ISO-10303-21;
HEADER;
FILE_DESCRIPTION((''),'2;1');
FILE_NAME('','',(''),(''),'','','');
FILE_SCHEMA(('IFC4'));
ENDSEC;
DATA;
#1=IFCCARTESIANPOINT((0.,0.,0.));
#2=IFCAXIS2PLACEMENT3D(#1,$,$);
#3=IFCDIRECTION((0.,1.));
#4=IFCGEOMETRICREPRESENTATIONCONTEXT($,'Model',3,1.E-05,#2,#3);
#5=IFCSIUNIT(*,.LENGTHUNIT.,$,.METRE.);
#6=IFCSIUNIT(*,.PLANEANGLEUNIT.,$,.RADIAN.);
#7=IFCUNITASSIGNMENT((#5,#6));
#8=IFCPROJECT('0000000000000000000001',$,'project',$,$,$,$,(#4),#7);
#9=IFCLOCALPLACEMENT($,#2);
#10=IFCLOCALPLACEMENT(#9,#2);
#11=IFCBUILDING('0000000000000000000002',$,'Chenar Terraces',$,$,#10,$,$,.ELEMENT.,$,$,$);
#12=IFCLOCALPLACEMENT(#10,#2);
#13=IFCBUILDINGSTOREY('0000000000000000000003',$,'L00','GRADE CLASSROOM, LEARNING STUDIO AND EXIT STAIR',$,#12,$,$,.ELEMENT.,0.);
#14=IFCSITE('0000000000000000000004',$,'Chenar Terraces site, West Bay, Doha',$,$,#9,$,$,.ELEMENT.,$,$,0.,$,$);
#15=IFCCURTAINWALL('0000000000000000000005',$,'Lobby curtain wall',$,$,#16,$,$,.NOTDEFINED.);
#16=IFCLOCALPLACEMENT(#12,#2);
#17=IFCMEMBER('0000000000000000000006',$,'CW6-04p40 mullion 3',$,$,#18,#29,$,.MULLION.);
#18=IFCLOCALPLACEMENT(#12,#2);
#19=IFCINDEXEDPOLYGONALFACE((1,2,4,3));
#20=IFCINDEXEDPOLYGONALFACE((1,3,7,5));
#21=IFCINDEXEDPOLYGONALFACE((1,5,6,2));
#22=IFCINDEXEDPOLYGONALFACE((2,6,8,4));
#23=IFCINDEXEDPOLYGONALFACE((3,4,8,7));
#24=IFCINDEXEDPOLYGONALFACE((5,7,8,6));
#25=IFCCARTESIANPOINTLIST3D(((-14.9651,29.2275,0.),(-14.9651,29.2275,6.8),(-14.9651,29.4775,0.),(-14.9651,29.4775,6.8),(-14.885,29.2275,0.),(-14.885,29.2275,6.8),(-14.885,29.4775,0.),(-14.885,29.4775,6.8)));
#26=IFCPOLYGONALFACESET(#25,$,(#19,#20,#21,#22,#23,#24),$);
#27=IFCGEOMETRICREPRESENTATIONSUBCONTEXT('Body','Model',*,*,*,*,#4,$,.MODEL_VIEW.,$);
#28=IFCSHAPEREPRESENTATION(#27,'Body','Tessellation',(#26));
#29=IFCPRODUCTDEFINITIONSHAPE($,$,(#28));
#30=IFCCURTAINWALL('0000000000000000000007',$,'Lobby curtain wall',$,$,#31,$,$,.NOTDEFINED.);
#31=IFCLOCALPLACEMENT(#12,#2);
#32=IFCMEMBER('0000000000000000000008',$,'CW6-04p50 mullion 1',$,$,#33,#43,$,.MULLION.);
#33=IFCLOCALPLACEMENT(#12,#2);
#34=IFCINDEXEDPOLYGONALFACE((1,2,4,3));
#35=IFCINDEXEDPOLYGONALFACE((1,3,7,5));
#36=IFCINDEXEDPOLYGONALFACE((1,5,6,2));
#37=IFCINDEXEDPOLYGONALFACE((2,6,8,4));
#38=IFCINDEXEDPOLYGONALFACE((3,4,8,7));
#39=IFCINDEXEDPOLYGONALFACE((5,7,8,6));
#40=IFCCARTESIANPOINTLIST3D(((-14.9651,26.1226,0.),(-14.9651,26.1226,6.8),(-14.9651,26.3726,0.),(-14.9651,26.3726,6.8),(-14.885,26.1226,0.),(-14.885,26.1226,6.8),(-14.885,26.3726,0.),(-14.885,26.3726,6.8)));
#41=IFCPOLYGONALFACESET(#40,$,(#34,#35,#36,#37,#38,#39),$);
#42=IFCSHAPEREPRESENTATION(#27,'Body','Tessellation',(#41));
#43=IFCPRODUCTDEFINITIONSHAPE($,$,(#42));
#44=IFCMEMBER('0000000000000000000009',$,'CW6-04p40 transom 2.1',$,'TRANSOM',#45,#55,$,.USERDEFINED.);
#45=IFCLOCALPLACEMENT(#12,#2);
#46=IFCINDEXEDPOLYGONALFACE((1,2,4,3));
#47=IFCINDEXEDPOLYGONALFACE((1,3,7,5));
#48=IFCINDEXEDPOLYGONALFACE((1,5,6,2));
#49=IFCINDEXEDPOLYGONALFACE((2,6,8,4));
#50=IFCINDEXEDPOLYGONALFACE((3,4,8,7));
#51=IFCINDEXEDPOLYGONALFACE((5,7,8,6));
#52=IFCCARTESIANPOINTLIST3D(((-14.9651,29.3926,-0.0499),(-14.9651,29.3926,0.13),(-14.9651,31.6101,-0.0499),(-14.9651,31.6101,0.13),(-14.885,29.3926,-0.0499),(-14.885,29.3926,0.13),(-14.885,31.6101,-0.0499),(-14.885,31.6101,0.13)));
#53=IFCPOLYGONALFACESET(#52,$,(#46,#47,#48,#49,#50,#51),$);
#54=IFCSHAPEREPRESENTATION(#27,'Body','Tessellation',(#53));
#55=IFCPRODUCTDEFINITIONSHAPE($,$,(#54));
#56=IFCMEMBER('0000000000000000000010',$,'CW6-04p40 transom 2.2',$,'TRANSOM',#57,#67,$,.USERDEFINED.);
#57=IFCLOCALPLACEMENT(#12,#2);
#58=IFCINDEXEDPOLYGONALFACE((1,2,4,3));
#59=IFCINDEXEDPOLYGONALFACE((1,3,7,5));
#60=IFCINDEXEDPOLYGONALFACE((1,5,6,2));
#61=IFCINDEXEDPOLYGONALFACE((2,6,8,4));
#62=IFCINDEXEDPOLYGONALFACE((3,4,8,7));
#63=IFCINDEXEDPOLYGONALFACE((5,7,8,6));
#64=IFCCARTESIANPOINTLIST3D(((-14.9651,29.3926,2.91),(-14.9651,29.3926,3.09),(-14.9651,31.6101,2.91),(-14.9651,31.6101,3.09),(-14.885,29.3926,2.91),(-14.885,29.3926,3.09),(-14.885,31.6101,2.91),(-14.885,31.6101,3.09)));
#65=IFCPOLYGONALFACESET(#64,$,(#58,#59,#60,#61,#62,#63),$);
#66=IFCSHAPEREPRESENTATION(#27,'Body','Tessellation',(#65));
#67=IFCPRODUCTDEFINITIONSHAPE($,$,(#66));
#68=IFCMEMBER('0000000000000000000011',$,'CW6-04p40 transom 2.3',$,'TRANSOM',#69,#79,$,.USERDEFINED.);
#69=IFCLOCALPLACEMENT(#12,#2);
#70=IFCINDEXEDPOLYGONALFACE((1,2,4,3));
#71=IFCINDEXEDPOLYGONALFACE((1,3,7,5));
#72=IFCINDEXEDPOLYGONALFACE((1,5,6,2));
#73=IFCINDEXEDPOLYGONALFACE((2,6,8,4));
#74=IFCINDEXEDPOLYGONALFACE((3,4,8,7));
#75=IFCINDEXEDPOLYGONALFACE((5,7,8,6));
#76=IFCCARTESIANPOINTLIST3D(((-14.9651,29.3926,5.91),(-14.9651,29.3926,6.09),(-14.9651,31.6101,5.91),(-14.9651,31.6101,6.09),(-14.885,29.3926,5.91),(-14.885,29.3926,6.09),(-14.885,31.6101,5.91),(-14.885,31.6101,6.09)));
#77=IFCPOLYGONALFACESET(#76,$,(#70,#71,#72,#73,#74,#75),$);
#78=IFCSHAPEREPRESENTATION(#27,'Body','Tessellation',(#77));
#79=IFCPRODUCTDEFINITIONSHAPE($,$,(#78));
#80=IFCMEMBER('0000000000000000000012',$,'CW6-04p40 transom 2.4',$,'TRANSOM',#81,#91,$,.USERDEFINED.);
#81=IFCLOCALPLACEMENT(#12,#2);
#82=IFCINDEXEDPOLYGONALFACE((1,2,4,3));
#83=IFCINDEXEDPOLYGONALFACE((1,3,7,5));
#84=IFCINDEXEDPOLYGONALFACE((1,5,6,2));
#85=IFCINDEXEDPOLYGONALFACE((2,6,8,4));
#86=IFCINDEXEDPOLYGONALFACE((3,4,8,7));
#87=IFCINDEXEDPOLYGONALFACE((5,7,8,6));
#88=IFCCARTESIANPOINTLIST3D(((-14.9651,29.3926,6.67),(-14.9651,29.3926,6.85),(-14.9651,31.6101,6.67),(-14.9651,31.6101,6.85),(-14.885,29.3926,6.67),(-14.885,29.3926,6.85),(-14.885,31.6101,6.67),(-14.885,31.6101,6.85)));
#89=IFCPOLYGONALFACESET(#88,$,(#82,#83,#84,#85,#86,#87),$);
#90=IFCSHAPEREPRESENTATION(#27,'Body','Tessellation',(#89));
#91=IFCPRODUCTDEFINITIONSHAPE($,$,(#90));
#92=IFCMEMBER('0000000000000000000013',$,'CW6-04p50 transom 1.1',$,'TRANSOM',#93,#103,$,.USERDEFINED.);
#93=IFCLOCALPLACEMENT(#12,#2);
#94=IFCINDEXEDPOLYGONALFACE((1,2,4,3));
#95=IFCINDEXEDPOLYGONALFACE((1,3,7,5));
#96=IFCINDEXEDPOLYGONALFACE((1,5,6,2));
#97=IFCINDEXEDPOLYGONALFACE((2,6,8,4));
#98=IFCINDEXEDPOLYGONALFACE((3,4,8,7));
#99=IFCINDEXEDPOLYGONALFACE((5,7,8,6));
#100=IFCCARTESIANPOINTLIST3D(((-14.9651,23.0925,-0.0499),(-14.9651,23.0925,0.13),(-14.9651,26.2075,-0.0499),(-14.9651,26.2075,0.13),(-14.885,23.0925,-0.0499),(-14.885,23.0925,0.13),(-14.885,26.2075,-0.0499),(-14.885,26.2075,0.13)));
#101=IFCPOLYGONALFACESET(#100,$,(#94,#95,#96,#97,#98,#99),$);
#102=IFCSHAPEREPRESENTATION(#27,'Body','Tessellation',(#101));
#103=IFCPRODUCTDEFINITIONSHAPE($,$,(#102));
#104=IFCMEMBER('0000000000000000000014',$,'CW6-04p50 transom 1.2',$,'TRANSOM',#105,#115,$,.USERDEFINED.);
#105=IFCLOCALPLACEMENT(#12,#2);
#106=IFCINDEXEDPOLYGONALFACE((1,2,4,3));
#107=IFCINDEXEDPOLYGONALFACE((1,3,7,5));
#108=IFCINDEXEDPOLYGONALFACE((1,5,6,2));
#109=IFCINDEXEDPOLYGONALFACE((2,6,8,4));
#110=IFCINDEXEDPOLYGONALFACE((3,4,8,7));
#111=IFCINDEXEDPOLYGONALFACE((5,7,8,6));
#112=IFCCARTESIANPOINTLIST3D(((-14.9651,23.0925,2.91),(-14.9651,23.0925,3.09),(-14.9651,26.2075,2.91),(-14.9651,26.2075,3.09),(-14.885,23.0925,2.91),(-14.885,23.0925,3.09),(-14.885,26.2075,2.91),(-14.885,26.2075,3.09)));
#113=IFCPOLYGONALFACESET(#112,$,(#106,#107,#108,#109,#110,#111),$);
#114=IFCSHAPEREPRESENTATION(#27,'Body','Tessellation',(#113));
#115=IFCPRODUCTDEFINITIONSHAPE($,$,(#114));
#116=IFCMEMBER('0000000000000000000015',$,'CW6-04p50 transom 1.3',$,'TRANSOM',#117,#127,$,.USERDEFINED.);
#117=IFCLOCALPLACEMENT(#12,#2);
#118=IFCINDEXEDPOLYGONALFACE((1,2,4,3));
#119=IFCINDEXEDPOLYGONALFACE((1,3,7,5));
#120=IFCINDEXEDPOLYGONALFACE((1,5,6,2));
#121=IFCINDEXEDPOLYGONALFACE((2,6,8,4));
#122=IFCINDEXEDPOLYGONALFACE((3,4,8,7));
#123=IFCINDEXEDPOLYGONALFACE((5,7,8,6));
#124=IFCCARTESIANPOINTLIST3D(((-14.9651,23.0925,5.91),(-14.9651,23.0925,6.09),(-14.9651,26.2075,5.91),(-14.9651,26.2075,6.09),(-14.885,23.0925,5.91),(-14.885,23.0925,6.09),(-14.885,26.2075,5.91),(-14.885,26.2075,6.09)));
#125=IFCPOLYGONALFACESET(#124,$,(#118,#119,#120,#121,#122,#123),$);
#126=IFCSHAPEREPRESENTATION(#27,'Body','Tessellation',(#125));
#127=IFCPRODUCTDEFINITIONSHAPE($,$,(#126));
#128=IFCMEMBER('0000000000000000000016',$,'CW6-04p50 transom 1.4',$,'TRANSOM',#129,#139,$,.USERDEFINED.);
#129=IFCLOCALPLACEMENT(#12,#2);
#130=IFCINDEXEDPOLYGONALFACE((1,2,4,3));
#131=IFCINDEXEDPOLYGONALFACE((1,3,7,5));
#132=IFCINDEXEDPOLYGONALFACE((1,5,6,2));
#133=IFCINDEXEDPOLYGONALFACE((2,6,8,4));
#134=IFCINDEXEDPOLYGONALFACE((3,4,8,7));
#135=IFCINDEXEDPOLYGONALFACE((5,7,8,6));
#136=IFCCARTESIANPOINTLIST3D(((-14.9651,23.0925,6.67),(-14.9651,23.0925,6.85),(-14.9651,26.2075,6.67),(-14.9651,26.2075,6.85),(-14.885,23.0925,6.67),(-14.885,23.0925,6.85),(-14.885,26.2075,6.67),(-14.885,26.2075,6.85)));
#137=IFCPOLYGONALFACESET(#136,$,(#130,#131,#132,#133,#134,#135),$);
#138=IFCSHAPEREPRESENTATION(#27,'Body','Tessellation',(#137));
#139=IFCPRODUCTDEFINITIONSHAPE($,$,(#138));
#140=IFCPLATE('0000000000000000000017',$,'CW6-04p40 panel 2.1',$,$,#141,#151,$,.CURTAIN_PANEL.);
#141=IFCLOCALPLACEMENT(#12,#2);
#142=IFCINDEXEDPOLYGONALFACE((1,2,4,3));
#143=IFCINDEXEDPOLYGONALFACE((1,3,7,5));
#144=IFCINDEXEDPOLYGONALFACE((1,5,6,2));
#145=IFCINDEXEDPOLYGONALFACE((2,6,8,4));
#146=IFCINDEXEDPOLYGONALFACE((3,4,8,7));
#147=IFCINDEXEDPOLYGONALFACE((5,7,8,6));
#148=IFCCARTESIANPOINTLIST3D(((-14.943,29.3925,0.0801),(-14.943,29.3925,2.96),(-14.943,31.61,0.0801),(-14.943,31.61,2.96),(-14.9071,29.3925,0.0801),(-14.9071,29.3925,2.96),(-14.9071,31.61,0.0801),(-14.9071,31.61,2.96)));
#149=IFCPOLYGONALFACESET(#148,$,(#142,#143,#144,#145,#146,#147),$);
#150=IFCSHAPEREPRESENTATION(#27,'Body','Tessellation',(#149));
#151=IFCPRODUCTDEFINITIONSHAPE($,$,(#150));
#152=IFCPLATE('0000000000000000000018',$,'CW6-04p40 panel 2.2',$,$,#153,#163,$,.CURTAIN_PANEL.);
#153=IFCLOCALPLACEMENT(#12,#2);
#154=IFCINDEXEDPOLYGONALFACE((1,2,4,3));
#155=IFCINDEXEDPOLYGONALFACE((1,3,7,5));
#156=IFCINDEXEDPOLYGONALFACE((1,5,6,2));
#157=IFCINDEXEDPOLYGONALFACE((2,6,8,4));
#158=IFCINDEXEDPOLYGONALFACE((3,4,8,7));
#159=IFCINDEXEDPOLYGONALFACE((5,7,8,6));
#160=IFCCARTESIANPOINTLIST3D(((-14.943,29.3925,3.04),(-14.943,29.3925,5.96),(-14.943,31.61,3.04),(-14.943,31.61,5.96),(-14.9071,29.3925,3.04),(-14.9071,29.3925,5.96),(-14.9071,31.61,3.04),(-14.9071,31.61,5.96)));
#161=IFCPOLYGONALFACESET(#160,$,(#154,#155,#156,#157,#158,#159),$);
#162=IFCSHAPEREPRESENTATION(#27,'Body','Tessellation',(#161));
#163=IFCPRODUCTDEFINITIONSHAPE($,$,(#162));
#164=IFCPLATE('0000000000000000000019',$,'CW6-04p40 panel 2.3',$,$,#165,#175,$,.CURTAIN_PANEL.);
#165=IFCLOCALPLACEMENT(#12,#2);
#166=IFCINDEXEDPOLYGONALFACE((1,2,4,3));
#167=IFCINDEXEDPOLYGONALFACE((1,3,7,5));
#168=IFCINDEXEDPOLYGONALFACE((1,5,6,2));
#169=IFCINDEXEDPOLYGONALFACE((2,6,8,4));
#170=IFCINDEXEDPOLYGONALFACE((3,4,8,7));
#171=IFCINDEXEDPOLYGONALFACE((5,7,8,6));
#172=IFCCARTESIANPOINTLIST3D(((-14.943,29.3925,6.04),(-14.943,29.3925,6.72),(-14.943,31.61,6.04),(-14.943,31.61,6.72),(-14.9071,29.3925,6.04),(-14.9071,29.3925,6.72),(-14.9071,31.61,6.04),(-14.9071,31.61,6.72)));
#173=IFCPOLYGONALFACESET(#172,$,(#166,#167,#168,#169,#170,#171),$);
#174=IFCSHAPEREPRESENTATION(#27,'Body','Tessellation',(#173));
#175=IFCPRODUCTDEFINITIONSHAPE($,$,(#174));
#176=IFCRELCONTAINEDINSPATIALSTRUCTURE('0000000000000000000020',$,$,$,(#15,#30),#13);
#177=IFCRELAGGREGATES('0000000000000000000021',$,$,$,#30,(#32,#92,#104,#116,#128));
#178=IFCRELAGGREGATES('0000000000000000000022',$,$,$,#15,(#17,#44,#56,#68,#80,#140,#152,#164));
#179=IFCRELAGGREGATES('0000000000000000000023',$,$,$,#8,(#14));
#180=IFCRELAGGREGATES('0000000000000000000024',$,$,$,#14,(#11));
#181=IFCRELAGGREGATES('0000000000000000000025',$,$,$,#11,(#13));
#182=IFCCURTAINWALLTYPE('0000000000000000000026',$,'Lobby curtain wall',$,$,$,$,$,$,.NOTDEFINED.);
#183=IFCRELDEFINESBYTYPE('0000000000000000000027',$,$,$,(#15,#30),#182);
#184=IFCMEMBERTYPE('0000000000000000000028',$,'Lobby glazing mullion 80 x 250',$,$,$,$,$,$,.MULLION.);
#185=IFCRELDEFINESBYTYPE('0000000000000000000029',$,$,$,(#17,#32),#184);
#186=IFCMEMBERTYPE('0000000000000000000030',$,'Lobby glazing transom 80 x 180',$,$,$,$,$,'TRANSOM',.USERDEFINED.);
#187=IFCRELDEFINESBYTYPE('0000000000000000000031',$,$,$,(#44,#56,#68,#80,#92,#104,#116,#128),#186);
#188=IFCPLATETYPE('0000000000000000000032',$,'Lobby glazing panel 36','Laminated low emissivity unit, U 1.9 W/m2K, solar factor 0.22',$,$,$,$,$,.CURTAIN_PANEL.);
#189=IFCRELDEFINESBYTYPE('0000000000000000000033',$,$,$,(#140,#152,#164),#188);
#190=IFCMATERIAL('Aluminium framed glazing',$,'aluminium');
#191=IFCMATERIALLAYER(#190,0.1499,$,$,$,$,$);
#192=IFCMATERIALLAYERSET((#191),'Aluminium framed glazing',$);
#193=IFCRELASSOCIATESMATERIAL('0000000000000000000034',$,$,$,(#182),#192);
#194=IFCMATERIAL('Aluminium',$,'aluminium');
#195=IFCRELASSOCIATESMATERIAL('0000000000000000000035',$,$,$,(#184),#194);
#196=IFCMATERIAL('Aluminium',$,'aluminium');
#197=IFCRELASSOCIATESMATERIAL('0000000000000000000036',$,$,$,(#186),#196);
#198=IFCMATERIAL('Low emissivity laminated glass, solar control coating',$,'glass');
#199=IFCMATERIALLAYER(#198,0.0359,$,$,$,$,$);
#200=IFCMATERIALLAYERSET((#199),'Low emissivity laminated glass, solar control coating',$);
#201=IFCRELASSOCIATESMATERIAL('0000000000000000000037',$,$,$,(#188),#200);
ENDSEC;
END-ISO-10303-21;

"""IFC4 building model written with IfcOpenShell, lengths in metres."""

from ifc_helpers import new_model, si_unit, direction, frame, origin, origin_2d, place, context, subcontext, project, spatial, rectangle, extrude, material, layer, layer_set, material_profile, profile_set, type_object, element, aggregate, save


model = new_model("IFC4")

# Units and contexts
model_context = context("Model", 3, precision=1e-05, world=origin(), true_north=direction((0.0, 1.0)))
body_context = subcontext(model_context, "Body", "Model", "MODEL_VIEW")
ifc_project = project(units=[si_unit("LENGTHUNIT", "METRE"), si_unit("PLANEANGLEUNIT", "RADIAN")], contexts=[model_context])

# Site, building, storey
site_placement = place(None, origin())
site = spatial("IfcSite", under=ifc_project, at=site_placement, Name="Chenar Terraces site, West Bay, Doha", CompositionType="ELEMENT", RefElevation=0.0)
building_placement = place(site_placement, origin())
building = spatial("IfcBuilding", under=site, at=building_placement, Name="Chenar Terraces", CompositionType="ELEMENT")
storey_placement = place(building_placement, origin())
storey = spatial("IfcBuildingStorey", under=building, at=storey_placement, Name="L00", Description="GRADE CLASSROOM, LEARNING STUDIO AND EXIT STAIR", CompositionType="ELEMENT", Elevation=0.0)

# Curtain walls, members
ifc_material_1 = material(Name="Aluminium framed glazing", Category="aluminium")
ifc_layer_1 = layer(ifc_material_1, 0.1499)
ifc_layer_set_1 = layer_set([ifc_layer_1], Name="Aluminium framed glazing")
curtain_wall_type = type_object("IfcCurtainWallType", Name="Lobby curtain wall", PredefinedType="NOTDEFINED", material=ifc_layer_set_1)
placement = place(storey_placement, origin())
curtain_wall_1 = element("IfcCurtainWall", 1, at=placement, inside=storey, type_object=curtain_wall_type, Name="Lobby curtain wall", PredefinedType="NOTDEFINED")
ifc_material_2 = material(Name="Aluminium", Category="aluminium")
ifc_material_profile_1 = material_profile(ifc_material_2, rectangle(XDim=0.0801, YDim=0.25, at=origin_2d()), Name="Lobby glazing mullion 80 x 250")
ifc_profile_set_1 = profile_set([ifc_material_profile_1], Name="Aluminium")
member_type_1 = type_object("IfcMemberType", Name="Lobby glazing mullion 80 x 250", PredefinedType="MULLION", material=ifc_profile_set_1)
member_1_placement = place(storey_placement, frame((-14.925, 29.3525, 0.0), z_axis=(0.0, 0.0, 1.0), x_axis=(1.0, 0.0, 0.0)))
member_1 = element("IfcMember", 2, at=member_1_placement, type_object=member_type_1, Name="CW6-04p40 mullion 3", PredefinedType="MULLION", context=body_context, shape_type="SweptSolid", body=[
    extrude(rectangle(XDim=0.0801, YDim=0.25, at=origin_2d()), origin(), (0.0, 0.0, 1.0), 6.8),
])
curtain_wall_2 = element("IfcCurtainWall", 3, at=placement, inside=storey, type_object=curtain_wall_type, Name="Lobby curtain wall", PredefinedType="NOTDEFINED")
member_2_placement = place(storey_placement, frame((-14.925, 26.2476, 0.0), z_axis=(0.0, 0.0, 1.0), x_axis=(1.0, 0.0, 0.0)))
member_2 = element("IfcMember", 4, at=member_2_placement, type_object=member_type_1, Name="CW6-04p50 mullion 1", PredefinedType="MULLION", context=body_context, shape_type="SweptSolid", body=[
    extrude(rectangle(XDim=0.0801, YDim=0.25, at=origin_2d()), origin(), (0.0, 0.0, 1.0), 6.8),
])

# Members
ifc_material_3 = material(Name="Aluminium", Category="aluminium")
ifc_material_profile_2 = material_profile(ifc_material_3, rectangle(XDim=0.0801, YDim=0.1799, at=origin_2d()), Name="Lobby glazing transom 80 x 180")
ifc_profile_set_2 = profile_set([ifc_material_profile_2], Name="Aluminium")
member_type_2 = type_object("IfcMemberType", Name="Lobby glazing transom 80 x 180", ElementType="TRANSOM", PredefinedType="USERDEFINED", material=ifc_profile_set_2)
member_3_placement = place(storey_placement, frame((-14.925, 31.6101, 0.04), z_axis=(0.0, -1.0, 0.0), x_axis=(1.0, 0.0, 0.0)))
member_3 = element("IfcMember", 5, at=member_3_placement, type_object=member_type_2, Name="CW6-04p40 transom 2.1", ObjectType="TRANSOM", PredefinedType="USERDEFINED", context=body_context, shape_type="SweptSolid", body=[
    extrude(rectangle(XDim=0.0801, YDim=0.1799, at=origin_2d()), origin(), (0.0, 0.0, 1.0), 2.2175),
])
member_4_placement = place(storey_placement, frame((-14.925, 31.6101, 3.0), z_axis=(0.0, -1.0, 0.0), x_axis=(1.0, 0.0, 0.0)))
member_4 = element("IfcMember", 6, at=member_4_placement, type_object=member_type_2, Name="CW6-04p40 transom 2.2", ObjectType="TRANSOM", PredefinedType="USERDEFINED", context=body_context, shape_type="SweptSolid", body=[
    extrude(rectangle(XDim=0.0801, YDim=0.1799, at=origin_2d()), origin(), (0.0, 0.0, 1.0), 2.2175),
])
member_5_placement = place(storey_placement, frame((-14.925, 31.6101, 6.0), z_axis=(0.0, -1.0, 0.0), x_axis=(1.0, 0.0, 0.0)))
member_5 = element("IfcMember", 7, at=member_5_placement, type_object=member_type_2, Name="CW6-04p40 transom 2.3", ObjectType="TRANSOM", PredefinedType="USERDEFINED", context=body_context, shape_type="SweptSolid", body=[
    extrude(rectangle(XDim=0.0801, YDim=0.1799, at=origin_2d()), origin(), (0.0, 0.0, 1.0), 2.2175),
])
member_6_placement = place(storey_placement, frame((-14.925, 31.6101, 6.76), z_axis=(0.0, -1.0, 0.0), x_axis=(1.0, 0.0, 0.0)))
member_6 = element("IfcMember", 8, at=member_6_placement, type_object=member_type_2, Name="CW6-04p40 transom 2.4", ObjectType="TRANSOM", PredefinedType="USERDEFINED", context=body_context, shape_type="SweptSolid", body=[
    extrude(rectangle(XDim=0.0801, YDim=0.1799, at=origin_2d()), origin(), (0.0, 0.0, 1.0), 2.2175),
])
member_7_placement = place(storey_placement, frame((-14.925, 26.2075, 0.04), z_axis=(0.0, -1.0, 0.0), x_axis=(1.0, 0.0, 0.0)))
member_7 = element("IfcMember", 9, at=member_7_placement, type_object=member_type_2, Name="CW6-04p50 transom 1.1", ObjectType="TRANSOM", PredefinedType="USERDEFINED", context=body_context, shape_type="SweptSolid", body=[
    extrude(rectangle(XDim=0.0801, YDim=0.1799, at=origin_2d()), origin(), (0.0, 0.0, 1.0), 3.115),
])
member_8_placement = place(storey_placement, frame((-14.925, 26.2075, 3.0), z_axis=(0.0, -1.0, 0.0), x_axis=(1.0, 0.0, 0.0)))
member_8 = element("IfcMember", 10, at=member_8_placement, type_object=member_type_2, Name="CW6-04p50 transom 1.2", ObjectType="TRANSOM", PredefinedType="USERDEFINED", context=body_context, shape_type="SweptSolid", body=[
    extrude(rectangle(XDim=0.0801, YDim=0.1799, at=origin_2d()), origin(), (0.0, 0.0, 1.0), 3.115),
])
member_9_placement = place(storey_placement, frame((-14.925, 26.2075, 6.0), z_axis=(0.0, -1.0, 0.0), x_axis=(1.0, 0.0, 0.0)))
member_9 = element("IfcMember", 11, at=member_9_placement, type_object=member_type_2, Name="CW6-04p50 transom 1.3", ObjectType="TRANSOM", PredefinedType="USERDEFINED", context=body_context, shape_type="SweptSolid", body=[
    extrude(rectangle(XDim=0.0801, YDim=0.1799, at=origin_2d()), origin(), (0.0, 0.0, 1.0), 3.115),
])
member_10_placement = place(storey_placement, frame((-14.925, 26.2075, 6.76), z_axis=(0.0, -1.0, 0.0), x_axis=(1.0, 0.0, 0.0)))
member_10 = element("IfcMember", 12, at=member_10_placement, type_object=member_type_2, Name="CW6-04p50 transom 1.4", ObjectType="TRANSOM", PredefinedType="USERDEFINED", context=body_context, shape_type="SweptSolid", body=[
    extrude(rectangle(XDim=0.0801, YDim=0.1799, at=origin_2d()), origin(), (0.0, 0.0, 1.0), 3.115),
])
aggregate(curtain_wall_2, [member_2, member_7, member_8, member_9, member_10])

# Plates
ifc_material_4 = material(Name="Low emissivity laminated glass, solar control coating", Category="glass")
ifc_layer_2 = layer(ifc_material_4, 0.0359)
ifc_layer_set_2 = layer_set([ifc_layer_2], Name="Low emissivity laminated glass, solar control coating")
plate_type = type_object("IfcPlateType", Name="Lobby glazing panel 36", Description="Laminated low emissivity unit, U 1.9 W/m2K, solar factor 0.22", PredefinedType="CURTAIN_PANEL", material=ifc_layer_set_2)
plate_1_placement = place(storey_placement, frame((-14.925, 30.5012, 0.0801), z_axis=(0.0, 0.0, 1.0), x_axis=(0.0, -1.0, 0.0)))
plate_1 = element("IfcPlate", 13, at=plate_1_placement, type_object=plate_type, Name="CW6-04p40 panel 2.1", PredefinedType="CURTAIN_PANEL", context=body_context, shape_type="SweptSolid", body=[
    extrude(rectangle(XDim=2.2175, YDim=0.0359, at=origin_2d()), origin(), (0.0, 0.0, 1.0), 2.8799),
])
plate_2_placement = place(storey_placement, frame((-14.925, 30.5012, 3.04), z_axis=(0.0, 0.0, 1.0), x_axis=(0.0, -1.0, 0.0)))
plate_2 = element("IfcPlate", 14, at=plate_2_placement, type_object=plate_type, Name="CW6-04p40 panel 2.2", PredefinedType="CURTAIN_PANEL", context=body_context, shape_type="SweptSolid", body=[
    extrude(rectangle(XDim=2.2175, YDim=0.0359, at=origin_2d()), origin(), (0.0, 0.0, 1.0), 2.9199),
])
plate_3_placement = place(storey_placement, frame((-14.925, 30.5012, 6.04), z_axis=(0.0, 0.0, 1.0), x_axis=(0.0, -1.0, 0.0)))
plate_3 = element("IfcPlate", 15, at=plate_3_placement, type_object=plate_type, Name="CW6-04p40 panel 2.3", PredefinedType="CURTAIN_PANEL", context=body_context, shape_type="SweptSolid", body=[
    extrude(rectangle(XDim=2.2175, YDim=0.0359, at=origin_2d()), origin(), (0.0, 0.0, 1.0), 0.6799),
])
aggregate(curtain_wall_1, [member_1, member_3, member_4, member_5, member_6, plate_1, plate_2, plate_3])

save(model, "model.ifc")
